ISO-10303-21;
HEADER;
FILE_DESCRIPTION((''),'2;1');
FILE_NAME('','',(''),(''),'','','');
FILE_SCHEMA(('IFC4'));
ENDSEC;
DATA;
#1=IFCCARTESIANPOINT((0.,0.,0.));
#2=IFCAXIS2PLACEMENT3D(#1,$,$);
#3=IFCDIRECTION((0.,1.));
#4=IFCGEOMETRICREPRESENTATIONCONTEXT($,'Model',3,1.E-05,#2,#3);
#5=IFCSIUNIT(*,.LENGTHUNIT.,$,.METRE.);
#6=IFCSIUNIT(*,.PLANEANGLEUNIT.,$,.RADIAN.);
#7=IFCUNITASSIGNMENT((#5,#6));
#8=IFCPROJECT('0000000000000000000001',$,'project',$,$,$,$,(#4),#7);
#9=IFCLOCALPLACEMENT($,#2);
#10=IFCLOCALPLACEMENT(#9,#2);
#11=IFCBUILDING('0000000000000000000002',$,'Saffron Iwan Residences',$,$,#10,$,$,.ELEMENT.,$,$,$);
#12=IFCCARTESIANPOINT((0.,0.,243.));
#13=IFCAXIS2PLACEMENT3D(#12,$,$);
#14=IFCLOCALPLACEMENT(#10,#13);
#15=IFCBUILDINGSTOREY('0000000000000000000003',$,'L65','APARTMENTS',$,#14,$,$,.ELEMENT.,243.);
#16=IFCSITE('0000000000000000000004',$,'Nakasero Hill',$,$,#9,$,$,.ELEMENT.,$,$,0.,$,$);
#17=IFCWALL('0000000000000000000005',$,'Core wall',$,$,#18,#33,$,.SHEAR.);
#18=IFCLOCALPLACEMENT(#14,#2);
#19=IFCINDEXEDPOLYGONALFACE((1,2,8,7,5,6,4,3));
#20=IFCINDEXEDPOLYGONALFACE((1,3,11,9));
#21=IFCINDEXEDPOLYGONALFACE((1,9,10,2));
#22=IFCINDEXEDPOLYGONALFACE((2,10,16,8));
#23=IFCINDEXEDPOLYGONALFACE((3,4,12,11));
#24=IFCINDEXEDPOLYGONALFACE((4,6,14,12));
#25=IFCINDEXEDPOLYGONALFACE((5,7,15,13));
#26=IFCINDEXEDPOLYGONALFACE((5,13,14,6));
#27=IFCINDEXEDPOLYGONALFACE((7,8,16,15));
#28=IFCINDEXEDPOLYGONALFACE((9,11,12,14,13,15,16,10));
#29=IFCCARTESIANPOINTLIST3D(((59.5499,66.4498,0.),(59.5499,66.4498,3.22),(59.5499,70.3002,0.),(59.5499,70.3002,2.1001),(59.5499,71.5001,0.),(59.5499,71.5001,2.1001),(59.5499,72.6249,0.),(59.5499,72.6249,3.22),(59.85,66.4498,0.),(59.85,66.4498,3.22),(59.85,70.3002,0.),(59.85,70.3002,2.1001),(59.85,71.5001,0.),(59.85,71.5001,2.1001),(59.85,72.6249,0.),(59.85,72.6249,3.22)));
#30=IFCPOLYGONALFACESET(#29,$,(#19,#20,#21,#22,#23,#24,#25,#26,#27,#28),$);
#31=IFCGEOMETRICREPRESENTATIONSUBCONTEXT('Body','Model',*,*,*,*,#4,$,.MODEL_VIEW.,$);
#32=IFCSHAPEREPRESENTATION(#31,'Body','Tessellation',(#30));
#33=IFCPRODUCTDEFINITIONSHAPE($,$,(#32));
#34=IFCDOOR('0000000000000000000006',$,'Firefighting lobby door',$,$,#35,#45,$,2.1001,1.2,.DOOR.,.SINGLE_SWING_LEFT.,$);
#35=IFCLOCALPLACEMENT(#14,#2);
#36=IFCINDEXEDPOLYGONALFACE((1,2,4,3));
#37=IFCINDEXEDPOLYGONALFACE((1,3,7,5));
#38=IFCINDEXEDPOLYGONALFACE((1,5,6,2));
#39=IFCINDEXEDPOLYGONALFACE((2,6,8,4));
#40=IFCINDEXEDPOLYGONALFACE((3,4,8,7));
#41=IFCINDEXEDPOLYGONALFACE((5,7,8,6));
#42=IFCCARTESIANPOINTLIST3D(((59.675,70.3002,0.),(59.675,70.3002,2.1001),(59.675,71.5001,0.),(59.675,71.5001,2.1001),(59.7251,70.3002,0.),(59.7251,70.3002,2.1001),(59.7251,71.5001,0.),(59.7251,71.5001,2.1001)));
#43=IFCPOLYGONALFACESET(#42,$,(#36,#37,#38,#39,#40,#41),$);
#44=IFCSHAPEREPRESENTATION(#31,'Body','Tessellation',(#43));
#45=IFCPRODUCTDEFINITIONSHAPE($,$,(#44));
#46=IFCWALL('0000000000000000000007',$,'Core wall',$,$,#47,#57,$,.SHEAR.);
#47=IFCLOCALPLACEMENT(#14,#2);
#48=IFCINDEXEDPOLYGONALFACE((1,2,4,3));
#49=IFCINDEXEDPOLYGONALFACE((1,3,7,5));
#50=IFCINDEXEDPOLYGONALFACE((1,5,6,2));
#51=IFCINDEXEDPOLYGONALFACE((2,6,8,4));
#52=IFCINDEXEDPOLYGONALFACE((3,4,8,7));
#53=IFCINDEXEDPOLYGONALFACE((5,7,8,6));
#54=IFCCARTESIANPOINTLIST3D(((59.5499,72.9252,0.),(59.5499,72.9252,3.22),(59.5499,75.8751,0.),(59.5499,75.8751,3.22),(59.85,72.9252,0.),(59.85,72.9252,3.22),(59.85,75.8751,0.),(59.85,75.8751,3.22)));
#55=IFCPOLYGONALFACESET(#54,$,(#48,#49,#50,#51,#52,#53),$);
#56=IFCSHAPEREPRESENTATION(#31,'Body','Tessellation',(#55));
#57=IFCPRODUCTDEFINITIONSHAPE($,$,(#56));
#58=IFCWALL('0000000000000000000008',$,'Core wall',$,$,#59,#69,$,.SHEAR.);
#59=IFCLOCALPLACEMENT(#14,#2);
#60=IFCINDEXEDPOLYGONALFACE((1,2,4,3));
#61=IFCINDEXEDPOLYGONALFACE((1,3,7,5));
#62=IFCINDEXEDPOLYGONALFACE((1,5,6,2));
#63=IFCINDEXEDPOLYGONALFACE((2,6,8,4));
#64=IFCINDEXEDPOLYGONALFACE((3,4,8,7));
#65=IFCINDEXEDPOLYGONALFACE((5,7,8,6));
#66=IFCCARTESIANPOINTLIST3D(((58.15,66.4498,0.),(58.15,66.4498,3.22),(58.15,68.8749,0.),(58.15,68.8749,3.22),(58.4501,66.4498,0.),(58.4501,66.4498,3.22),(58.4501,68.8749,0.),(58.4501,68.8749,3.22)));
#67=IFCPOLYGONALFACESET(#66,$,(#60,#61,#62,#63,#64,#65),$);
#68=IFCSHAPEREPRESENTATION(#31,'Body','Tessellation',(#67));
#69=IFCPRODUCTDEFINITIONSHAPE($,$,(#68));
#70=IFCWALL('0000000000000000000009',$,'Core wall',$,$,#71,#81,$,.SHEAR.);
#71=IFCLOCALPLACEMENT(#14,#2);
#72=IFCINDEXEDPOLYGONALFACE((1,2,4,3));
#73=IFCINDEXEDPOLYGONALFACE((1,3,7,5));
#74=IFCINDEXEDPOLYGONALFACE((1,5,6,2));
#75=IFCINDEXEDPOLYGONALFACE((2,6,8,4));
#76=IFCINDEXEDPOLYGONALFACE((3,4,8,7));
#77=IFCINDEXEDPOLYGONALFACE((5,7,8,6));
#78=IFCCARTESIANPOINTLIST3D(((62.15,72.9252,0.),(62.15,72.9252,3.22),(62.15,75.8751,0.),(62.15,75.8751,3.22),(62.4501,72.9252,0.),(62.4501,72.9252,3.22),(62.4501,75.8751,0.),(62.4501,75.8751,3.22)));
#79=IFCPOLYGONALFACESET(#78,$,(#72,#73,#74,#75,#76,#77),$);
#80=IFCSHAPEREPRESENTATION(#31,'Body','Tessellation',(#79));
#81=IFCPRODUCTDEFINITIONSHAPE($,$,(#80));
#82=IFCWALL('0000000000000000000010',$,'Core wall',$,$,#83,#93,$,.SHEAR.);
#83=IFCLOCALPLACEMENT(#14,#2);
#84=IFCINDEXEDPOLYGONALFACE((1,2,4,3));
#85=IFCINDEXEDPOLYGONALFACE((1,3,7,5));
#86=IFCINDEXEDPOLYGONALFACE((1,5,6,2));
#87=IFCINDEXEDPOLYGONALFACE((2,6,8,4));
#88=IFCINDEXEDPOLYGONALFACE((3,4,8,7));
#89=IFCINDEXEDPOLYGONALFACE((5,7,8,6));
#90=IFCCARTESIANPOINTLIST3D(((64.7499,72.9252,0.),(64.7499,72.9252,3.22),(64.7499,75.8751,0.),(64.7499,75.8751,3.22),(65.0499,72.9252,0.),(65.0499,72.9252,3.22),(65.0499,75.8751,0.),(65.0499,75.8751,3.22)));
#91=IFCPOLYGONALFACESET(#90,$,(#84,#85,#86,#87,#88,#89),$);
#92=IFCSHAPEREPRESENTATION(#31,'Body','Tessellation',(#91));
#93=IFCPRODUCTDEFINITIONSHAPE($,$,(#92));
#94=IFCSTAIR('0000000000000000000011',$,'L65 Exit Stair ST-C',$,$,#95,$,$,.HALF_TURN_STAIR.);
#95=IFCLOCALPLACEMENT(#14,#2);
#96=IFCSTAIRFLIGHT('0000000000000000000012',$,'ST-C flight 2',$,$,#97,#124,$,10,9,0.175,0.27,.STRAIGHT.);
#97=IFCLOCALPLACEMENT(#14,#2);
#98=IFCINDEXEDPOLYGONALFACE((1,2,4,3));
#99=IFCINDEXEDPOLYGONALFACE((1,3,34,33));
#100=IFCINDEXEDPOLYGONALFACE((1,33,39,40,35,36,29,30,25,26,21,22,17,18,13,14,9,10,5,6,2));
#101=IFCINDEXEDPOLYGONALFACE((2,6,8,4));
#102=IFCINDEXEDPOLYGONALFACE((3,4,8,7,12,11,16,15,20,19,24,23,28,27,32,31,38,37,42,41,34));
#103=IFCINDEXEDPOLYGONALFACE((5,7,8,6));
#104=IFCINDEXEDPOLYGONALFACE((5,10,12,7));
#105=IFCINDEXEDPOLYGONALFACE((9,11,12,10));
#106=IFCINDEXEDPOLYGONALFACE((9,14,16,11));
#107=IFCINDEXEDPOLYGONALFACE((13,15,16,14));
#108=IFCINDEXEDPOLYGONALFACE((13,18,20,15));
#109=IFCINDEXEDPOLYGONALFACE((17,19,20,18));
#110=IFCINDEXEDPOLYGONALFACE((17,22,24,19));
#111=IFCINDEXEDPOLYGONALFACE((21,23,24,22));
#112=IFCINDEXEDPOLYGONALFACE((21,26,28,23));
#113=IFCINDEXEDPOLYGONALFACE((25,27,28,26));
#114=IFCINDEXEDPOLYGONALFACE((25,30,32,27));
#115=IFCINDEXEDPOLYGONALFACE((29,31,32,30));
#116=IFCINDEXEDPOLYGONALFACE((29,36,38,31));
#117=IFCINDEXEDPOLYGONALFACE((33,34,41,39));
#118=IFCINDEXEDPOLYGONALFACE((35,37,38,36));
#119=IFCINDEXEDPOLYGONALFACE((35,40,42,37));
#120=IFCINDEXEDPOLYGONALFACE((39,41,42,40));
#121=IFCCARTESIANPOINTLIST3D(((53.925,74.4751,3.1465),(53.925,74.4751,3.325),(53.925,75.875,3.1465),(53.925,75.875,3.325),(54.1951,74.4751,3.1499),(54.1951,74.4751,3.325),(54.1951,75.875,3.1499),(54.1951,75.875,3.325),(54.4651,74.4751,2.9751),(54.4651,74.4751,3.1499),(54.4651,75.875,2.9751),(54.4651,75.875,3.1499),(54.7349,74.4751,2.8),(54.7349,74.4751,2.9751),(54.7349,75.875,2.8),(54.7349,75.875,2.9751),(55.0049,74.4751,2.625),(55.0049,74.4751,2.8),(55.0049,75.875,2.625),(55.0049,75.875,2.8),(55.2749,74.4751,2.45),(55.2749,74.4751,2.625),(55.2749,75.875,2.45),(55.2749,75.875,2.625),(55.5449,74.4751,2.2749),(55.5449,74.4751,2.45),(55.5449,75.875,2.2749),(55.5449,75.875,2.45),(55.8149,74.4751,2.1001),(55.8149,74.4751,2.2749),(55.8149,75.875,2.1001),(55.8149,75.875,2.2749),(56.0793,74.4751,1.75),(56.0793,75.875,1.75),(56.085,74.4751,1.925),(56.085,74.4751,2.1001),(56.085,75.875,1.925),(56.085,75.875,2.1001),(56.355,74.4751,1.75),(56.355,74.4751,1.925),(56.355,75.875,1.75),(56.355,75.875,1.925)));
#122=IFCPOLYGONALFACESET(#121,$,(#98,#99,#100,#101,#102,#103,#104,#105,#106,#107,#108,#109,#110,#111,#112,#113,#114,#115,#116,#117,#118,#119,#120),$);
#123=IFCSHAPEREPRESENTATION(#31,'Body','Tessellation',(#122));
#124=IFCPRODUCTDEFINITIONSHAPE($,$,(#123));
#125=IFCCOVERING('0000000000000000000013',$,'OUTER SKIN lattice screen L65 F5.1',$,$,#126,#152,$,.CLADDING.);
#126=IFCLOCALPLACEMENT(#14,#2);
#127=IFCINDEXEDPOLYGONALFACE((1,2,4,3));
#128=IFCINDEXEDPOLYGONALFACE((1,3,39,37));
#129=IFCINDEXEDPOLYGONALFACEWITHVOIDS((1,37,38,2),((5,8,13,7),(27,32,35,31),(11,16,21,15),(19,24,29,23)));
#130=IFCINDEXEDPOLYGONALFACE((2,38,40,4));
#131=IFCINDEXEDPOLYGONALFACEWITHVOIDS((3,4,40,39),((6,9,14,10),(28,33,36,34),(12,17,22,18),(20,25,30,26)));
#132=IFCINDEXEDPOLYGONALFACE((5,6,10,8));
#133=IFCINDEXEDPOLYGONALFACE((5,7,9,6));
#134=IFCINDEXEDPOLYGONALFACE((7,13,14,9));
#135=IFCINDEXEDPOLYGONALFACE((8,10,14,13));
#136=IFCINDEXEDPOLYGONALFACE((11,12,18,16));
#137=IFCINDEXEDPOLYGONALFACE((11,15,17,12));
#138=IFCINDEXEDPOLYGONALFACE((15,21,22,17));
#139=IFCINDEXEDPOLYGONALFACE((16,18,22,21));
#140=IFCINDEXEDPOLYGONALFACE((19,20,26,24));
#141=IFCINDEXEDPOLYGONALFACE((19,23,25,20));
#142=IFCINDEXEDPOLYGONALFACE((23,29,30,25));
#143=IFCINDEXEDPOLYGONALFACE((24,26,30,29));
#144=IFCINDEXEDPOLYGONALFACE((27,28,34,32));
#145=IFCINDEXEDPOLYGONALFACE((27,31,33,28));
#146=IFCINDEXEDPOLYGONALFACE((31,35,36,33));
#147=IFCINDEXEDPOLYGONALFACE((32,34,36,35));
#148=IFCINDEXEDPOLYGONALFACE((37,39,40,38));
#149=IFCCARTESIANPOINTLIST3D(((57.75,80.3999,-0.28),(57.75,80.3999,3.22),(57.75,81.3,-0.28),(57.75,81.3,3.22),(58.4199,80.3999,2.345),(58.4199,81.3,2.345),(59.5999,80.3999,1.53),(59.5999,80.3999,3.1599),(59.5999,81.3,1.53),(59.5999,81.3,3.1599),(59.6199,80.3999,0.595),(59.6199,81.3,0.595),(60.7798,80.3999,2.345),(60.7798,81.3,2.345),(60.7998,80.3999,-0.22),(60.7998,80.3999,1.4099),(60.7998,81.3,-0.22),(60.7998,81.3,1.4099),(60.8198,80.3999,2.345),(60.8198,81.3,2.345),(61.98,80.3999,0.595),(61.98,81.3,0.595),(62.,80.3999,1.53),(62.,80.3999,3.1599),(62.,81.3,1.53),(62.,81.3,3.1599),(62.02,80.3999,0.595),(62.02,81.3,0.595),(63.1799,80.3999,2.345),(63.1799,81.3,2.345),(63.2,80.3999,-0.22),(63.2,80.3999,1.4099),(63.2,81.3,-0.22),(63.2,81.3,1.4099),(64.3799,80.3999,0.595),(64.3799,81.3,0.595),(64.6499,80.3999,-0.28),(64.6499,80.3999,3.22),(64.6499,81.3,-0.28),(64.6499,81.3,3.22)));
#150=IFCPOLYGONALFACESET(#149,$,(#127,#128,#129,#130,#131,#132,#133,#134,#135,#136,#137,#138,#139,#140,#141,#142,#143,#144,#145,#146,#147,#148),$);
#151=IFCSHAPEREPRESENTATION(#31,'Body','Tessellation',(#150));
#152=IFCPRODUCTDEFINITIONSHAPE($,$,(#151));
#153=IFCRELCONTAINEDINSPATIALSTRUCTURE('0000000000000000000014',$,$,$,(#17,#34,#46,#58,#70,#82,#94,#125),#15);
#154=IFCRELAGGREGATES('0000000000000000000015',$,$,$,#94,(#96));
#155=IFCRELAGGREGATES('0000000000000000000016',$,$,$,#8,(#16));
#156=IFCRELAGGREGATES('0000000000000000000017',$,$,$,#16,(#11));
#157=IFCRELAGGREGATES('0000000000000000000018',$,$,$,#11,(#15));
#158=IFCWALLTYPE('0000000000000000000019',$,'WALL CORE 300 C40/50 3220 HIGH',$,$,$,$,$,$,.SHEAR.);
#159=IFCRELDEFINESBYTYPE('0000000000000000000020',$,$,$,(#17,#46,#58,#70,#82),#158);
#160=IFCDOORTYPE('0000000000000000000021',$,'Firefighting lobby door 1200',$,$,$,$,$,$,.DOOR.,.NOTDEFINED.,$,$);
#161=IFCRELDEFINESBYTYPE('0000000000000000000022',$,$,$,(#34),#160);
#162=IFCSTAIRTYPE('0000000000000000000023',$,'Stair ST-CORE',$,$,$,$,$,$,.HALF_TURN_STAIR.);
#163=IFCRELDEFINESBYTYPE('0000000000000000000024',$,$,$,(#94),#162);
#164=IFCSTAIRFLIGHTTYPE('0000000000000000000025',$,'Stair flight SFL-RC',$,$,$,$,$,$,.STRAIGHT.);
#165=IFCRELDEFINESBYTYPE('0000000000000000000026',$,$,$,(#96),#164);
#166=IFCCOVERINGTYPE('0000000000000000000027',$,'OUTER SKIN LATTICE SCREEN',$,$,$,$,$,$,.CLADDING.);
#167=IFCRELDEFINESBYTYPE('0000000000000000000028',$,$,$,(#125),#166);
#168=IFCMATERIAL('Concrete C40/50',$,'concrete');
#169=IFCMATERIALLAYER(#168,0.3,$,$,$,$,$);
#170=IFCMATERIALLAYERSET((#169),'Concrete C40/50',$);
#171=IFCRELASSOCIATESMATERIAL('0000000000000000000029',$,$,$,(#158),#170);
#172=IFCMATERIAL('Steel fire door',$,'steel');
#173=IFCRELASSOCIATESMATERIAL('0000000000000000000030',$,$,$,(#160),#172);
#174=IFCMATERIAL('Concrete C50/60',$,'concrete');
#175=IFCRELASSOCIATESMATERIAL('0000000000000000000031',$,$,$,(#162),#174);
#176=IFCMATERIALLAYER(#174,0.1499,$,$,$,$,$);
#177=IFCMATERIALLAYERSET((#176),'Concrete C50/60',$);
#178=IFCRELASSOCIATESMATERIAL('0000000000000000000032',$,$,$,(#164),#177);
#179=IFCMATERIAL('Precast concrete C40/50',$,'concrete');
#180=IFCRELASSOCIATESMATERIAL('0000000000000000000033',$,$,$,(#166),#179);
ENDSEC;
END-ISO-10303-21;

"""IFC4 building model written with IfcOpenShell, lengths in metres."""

from ifc_helpers import new_model, si_unit, direction, frame, frame_2d, origin, place, context, subcontext, project, spatial, polyline, rectangle, outline, extrude, material, layer, layer_set, type_object, element, fill, aggregate, save


model = new_model("IFC4")

# Units and contexts
model_context = context("Model", 3, precision=1e-05, world=origin(), true_north=direction((0.0, 1.0)))
body_context = subcontext(model_context, "Body", "Model", "MODEL_VIEW")
ifc_project = project(units=[si_unit("LENGTHUNIT", "METRE"), si_unit("PLANEANGLEUNIT", "RADIAN")], contexts=[model_context])

# Site, building, storey
site_placement = place(None, origin())
site = spatial("IfcSite", under=ifc_project, at=site_placement, Name="Nakasero Hill", CompositionType="ELEMENT", RefElevation=0.0)
building_placement = place(site_placement, origin())
building = spatial("IfcBuilding", under=site, at=building_placement, Name="Saffron Iwan Residences", CompositionType="ELEMENT")
storey_placement = place(building_placement, frame((0.0, 0.0, 243.0)))
storey = spatial("IfcBuildingStorey", under=building, at=storey_placement, Name="L65", Description="APARTMENTS", CompositionType="ELEMENT", Elevation=243.0)

# Shared definitions
ifc_material_1 = material(Name="Concrete C40/50", Category="concrete")

# Shared definitions
ifc_material_2 = material(Name="Steel fire door", Category="steel")

# Wall, opening, door
ifc_layer_1 = layer(ifc_material_1, 0.3)
ifc_layer_set_1 = layer_set([ifc_layer_1], Name="Concrete C40/50")
wall_type_1 = type_object("IfcWallType", Name="WALL CORE 300 C40/50 3220 HIGH", PredefinedType="SHEAR", material=ifc_layer_set_1)
wall_1_placement = place(storey_placement, frame((59.7, 66.45, 0.0), z_axis=(0.0, 0.0, 1.0), x_axis=(0.0, 1.0, 0.0)))
wall_1 = element("IfcWall", 1, at=wall_1_placement, inside=storey, type_object=wall_type_1, Name="Core wall", PredefinedType="SHEAR", context=body_context, shape_type="SweptSolid", body=[
    extrude(rectangle(XDim=6.175, YDim=0.3, at=frame_2d((3.0874, 0.0))), origin(), (0.0, 0.0, 1.0), 3.22),
])
opening_1_placement = place(wall_1_placement, frame((3.8501, 0.0, 0.0)))
opening_1 = element("IfcOpeningElement", 2, at=opening_1_placement, cuts=wall_1, PredefinedType="OPENING", context=body_context, shape_type="SweptSolid", body=[
    extrude(rectangle(XDim=1.2, YDim=2.1001, at=frame_2d((0.6001, 1.05))), frame((0.0, 0.1602, 0.0), z_axis=(0.0, -1.0, 0.0), x_axis=(1.0, 0.0, 0.0)), (0.0, 0.0, 1.0), 0.3201),
])
door_type_1 = type_object("IfcDoorType", Name="Firefighting lobby door 1200", OperationType="NOTDEFINED", PredefinedType="DOOR", material=ifc_material_2)
door_1_placement = place(opening_1_placement, origin())
door_1 = element("IfcDoor", 3, at=door_1_placement, inside=storey, type_object=door_type_1, Name="Firefighting lobby door", OperationType="SINGLE_SWING_LEFT", OverallHeight=2.1001, OverallWidth=1.2, PredefinedType="DOOR", context=body_context, shape_type="SweptSolid", body=[
    extrude(rectangle(XDim=1.2, YDim=2.1001, at=frame_2d((0.6001, 1.05))), frame((0.0, 0.0249, 0.0), z_axis=(0.0, -1.0, 0.0), x_axis=(1.0, 0.0, 0.0)), (0.0, 0.0, 1.0), 0.05),
])
fill(opening_1, door_1)

# Walls
wall_2_placement = place(storey_placement, frame((59.7, 72.925, 0.0), z_axis=(0.0, 0.0, 1.0), x_axis=(0.0, 1.0, 0.0)))
element("IfcWall", 4, at=wall_2_placement, inside=storey, type_object=wall_type_1, Name="Core wall", PredefinedType="SHEAR", context=body_context, shape_type="SweptSolid", body=[
    extrude(rectangle(XDim=2.95, YDim=0.3, at=frame_2d((1.4751, 0.0))), origin(), (0.0, 0.0, 1.0), 3.22),
])
wall_3_placement = place(storey_placement, frame((58.3, 66.45, 0.0), z_axis=(0.0, 0.0, 1.0), x_axis=(0.0, 1.0, 0.0)))
element("IfcWall", 5, at=wall_3_placement, inside=storey, type_object=wall_type_1, Name="Core wall", PredefinedType="SHEAR", context=body_context, shape_type="SweptSolid", body=[
    extrude(rectangle(XDim=2.425, YDim=0.3, at=frame_2d((1.2124, 0.0))), origin(), (0.0, 0.0, 1.0), 3.22),
])
for number, where, z_axis, x_axis, name in (
    (6, (62.3, 72.925, 0.0), (0.0, 0.0, 1.0), (0.0, 1.0, 0.0), "Core wall"),
    (7, (64.8999, 72.925, 0.0), (0.0, 0.0, 1.0), (0.0, 1.0, 0.0), "Core wall"),
):
    element("IfcWall", number, at=place(storey_placement, frame(where, z_axis=z_axis, x_axis=x_axis)), inside=storey, type_object=wall_type_1, Name=name, PredefinedType="SHEAR", context=body_context, shape_type="SweptSolid", body=[
        extrude(rectangle(XDim=2.95, YDim=0.3, at=frame_2d((1.4751, 0.0))), origin(), (0.0, 0.0, 1.0), 3.22),
    ])

# Stair, stair flight
ifc_material_3 = material(Name="Concrete C50/60", Category="concrete")
stair_type = type_object("IfcStairType", Name="Stair ST-CORE", PredefinedType="HALF_TURN_STAIR", material=ifc_material_3)
stair_placement = place(storey_placement, origin())
stair = element("IfcStair", 8, at=stair_placement, inside=storey, type_object=stair_type, Name="L65 Exit Stair ST-C", PredefinedType="HALF_TURN_STAIR")
ifc_layer_2 = layer(ifc_material_3, 0.1499)
ifc_layer_set_2 = layer_set([ifc_layer_2], Name="Concrete C50/60")
stair_flight_type = type_object("IfcStairFlightType", Name="Stair flight SFL-RC", PredefinedType="STRAIGHT", material=ifc_layer_set_2)
stair_flight_placement = place(storey_placement, frame((56.355, 75.175, 1.75), z_axis=(0.0, 0.0, 1.0), x_axis=(-1.0, 0.0, 0.0)))
stair_flight = element("IfcStairFlight", 9, at=stair_flight_placement, type_object=stair_flight_type, Name="ST-C flight 2", NumberOfRisers=10, NumberOfTreads=9, PredefinedType="STRAIGHT", RiserHeight=0.175, TreadLength=0.27, context=body_context, shape_type="SweptSolid", body=[
    extrude(outline(polyline([(0.0, 0.0), (0.0, 0.175), (0.27, 0.175), (0.27, 0.3501), (0.54, 0.3501), (0.54, 0.5249), (0.8101, 0.5249), (0.8101, 0.7), (1.0801, 0.7), (1.0801, 0.875), (1.3501, 0.875), (1.3501, 1.05), (1.6201, 1.05), (1.6201, 1.2251), (1.8899, 1.2251), (1.8899, 1.3999), (2.1599, 1.3999), (2.1599, 1.575), (2.4299, 1.575), (2.4299, 1.75), (2.4299, 1.3965), (0.2756, 0.0), (0.0, 0.0)])), frame((0.0, 0.7, 0.0), z_axis=(0.0, -1.0, 0.0), x_axis=(1.0, 0.0, 0.0)), (0.0, 0.0, 1.0), 1.3999),
])
aggregate(stair, [stair_flight])

# Covering
ifc_material_4 = material(Name="Precast concrete C40/50", Category="concrete")
covering_type_1 = type_object("IfcCoveringType", Name="OUTER SKIN LATTICE SCREEN", PredefinedType="CLADDING", material=ifc_material_4)
covering_placement = place(storey_placement, frame((64.6499, 80.3999, -0.28), z_axis=(0.0, 1.0, 0.0), x_axis=(-1.0, 0.0, 0.0)))
element("IfcCovering", 10, at=covering_placement, inside=storey, type_object=covering_type_1, Name="OUTER SKIN lattice screen L65 F5.1", PredefinedType="CLADDING", context=body_context, shape_type="SweptSolid", body=[
    extrude(outline(polyline([(0.0, 0.0), (6.8999, 0.0), (6.8999, 3.5), (0.0, 3.5), (0.0, 0.0)]), holes=[polyline([(0.27, 0.875), (1.45, 0.0601), (2.6299, 0.875), (1.45, 1.6899), (0.27, 0.875)]), polyline([(2.6699, 0.875), (3.8501, 0.0601), (5.03, 0.875), (3.8501, 1.6899), (2.6699, 0.875)]), polyline([(1.47, 2.625), (2.6499, 1.8101), (3.8301, 2.625), (2.6499, 3.4399), (1.47, 2.625)]), polyline([(3.8701, 2.625), (5.05, 1.8101), (6.23, 2.625), (5.05, 3.4399), (3.8701, 2.625)])]), origin(), (0.0, 0.0, 1.0), 0.9001),
])

save(model, "model.ifc")
